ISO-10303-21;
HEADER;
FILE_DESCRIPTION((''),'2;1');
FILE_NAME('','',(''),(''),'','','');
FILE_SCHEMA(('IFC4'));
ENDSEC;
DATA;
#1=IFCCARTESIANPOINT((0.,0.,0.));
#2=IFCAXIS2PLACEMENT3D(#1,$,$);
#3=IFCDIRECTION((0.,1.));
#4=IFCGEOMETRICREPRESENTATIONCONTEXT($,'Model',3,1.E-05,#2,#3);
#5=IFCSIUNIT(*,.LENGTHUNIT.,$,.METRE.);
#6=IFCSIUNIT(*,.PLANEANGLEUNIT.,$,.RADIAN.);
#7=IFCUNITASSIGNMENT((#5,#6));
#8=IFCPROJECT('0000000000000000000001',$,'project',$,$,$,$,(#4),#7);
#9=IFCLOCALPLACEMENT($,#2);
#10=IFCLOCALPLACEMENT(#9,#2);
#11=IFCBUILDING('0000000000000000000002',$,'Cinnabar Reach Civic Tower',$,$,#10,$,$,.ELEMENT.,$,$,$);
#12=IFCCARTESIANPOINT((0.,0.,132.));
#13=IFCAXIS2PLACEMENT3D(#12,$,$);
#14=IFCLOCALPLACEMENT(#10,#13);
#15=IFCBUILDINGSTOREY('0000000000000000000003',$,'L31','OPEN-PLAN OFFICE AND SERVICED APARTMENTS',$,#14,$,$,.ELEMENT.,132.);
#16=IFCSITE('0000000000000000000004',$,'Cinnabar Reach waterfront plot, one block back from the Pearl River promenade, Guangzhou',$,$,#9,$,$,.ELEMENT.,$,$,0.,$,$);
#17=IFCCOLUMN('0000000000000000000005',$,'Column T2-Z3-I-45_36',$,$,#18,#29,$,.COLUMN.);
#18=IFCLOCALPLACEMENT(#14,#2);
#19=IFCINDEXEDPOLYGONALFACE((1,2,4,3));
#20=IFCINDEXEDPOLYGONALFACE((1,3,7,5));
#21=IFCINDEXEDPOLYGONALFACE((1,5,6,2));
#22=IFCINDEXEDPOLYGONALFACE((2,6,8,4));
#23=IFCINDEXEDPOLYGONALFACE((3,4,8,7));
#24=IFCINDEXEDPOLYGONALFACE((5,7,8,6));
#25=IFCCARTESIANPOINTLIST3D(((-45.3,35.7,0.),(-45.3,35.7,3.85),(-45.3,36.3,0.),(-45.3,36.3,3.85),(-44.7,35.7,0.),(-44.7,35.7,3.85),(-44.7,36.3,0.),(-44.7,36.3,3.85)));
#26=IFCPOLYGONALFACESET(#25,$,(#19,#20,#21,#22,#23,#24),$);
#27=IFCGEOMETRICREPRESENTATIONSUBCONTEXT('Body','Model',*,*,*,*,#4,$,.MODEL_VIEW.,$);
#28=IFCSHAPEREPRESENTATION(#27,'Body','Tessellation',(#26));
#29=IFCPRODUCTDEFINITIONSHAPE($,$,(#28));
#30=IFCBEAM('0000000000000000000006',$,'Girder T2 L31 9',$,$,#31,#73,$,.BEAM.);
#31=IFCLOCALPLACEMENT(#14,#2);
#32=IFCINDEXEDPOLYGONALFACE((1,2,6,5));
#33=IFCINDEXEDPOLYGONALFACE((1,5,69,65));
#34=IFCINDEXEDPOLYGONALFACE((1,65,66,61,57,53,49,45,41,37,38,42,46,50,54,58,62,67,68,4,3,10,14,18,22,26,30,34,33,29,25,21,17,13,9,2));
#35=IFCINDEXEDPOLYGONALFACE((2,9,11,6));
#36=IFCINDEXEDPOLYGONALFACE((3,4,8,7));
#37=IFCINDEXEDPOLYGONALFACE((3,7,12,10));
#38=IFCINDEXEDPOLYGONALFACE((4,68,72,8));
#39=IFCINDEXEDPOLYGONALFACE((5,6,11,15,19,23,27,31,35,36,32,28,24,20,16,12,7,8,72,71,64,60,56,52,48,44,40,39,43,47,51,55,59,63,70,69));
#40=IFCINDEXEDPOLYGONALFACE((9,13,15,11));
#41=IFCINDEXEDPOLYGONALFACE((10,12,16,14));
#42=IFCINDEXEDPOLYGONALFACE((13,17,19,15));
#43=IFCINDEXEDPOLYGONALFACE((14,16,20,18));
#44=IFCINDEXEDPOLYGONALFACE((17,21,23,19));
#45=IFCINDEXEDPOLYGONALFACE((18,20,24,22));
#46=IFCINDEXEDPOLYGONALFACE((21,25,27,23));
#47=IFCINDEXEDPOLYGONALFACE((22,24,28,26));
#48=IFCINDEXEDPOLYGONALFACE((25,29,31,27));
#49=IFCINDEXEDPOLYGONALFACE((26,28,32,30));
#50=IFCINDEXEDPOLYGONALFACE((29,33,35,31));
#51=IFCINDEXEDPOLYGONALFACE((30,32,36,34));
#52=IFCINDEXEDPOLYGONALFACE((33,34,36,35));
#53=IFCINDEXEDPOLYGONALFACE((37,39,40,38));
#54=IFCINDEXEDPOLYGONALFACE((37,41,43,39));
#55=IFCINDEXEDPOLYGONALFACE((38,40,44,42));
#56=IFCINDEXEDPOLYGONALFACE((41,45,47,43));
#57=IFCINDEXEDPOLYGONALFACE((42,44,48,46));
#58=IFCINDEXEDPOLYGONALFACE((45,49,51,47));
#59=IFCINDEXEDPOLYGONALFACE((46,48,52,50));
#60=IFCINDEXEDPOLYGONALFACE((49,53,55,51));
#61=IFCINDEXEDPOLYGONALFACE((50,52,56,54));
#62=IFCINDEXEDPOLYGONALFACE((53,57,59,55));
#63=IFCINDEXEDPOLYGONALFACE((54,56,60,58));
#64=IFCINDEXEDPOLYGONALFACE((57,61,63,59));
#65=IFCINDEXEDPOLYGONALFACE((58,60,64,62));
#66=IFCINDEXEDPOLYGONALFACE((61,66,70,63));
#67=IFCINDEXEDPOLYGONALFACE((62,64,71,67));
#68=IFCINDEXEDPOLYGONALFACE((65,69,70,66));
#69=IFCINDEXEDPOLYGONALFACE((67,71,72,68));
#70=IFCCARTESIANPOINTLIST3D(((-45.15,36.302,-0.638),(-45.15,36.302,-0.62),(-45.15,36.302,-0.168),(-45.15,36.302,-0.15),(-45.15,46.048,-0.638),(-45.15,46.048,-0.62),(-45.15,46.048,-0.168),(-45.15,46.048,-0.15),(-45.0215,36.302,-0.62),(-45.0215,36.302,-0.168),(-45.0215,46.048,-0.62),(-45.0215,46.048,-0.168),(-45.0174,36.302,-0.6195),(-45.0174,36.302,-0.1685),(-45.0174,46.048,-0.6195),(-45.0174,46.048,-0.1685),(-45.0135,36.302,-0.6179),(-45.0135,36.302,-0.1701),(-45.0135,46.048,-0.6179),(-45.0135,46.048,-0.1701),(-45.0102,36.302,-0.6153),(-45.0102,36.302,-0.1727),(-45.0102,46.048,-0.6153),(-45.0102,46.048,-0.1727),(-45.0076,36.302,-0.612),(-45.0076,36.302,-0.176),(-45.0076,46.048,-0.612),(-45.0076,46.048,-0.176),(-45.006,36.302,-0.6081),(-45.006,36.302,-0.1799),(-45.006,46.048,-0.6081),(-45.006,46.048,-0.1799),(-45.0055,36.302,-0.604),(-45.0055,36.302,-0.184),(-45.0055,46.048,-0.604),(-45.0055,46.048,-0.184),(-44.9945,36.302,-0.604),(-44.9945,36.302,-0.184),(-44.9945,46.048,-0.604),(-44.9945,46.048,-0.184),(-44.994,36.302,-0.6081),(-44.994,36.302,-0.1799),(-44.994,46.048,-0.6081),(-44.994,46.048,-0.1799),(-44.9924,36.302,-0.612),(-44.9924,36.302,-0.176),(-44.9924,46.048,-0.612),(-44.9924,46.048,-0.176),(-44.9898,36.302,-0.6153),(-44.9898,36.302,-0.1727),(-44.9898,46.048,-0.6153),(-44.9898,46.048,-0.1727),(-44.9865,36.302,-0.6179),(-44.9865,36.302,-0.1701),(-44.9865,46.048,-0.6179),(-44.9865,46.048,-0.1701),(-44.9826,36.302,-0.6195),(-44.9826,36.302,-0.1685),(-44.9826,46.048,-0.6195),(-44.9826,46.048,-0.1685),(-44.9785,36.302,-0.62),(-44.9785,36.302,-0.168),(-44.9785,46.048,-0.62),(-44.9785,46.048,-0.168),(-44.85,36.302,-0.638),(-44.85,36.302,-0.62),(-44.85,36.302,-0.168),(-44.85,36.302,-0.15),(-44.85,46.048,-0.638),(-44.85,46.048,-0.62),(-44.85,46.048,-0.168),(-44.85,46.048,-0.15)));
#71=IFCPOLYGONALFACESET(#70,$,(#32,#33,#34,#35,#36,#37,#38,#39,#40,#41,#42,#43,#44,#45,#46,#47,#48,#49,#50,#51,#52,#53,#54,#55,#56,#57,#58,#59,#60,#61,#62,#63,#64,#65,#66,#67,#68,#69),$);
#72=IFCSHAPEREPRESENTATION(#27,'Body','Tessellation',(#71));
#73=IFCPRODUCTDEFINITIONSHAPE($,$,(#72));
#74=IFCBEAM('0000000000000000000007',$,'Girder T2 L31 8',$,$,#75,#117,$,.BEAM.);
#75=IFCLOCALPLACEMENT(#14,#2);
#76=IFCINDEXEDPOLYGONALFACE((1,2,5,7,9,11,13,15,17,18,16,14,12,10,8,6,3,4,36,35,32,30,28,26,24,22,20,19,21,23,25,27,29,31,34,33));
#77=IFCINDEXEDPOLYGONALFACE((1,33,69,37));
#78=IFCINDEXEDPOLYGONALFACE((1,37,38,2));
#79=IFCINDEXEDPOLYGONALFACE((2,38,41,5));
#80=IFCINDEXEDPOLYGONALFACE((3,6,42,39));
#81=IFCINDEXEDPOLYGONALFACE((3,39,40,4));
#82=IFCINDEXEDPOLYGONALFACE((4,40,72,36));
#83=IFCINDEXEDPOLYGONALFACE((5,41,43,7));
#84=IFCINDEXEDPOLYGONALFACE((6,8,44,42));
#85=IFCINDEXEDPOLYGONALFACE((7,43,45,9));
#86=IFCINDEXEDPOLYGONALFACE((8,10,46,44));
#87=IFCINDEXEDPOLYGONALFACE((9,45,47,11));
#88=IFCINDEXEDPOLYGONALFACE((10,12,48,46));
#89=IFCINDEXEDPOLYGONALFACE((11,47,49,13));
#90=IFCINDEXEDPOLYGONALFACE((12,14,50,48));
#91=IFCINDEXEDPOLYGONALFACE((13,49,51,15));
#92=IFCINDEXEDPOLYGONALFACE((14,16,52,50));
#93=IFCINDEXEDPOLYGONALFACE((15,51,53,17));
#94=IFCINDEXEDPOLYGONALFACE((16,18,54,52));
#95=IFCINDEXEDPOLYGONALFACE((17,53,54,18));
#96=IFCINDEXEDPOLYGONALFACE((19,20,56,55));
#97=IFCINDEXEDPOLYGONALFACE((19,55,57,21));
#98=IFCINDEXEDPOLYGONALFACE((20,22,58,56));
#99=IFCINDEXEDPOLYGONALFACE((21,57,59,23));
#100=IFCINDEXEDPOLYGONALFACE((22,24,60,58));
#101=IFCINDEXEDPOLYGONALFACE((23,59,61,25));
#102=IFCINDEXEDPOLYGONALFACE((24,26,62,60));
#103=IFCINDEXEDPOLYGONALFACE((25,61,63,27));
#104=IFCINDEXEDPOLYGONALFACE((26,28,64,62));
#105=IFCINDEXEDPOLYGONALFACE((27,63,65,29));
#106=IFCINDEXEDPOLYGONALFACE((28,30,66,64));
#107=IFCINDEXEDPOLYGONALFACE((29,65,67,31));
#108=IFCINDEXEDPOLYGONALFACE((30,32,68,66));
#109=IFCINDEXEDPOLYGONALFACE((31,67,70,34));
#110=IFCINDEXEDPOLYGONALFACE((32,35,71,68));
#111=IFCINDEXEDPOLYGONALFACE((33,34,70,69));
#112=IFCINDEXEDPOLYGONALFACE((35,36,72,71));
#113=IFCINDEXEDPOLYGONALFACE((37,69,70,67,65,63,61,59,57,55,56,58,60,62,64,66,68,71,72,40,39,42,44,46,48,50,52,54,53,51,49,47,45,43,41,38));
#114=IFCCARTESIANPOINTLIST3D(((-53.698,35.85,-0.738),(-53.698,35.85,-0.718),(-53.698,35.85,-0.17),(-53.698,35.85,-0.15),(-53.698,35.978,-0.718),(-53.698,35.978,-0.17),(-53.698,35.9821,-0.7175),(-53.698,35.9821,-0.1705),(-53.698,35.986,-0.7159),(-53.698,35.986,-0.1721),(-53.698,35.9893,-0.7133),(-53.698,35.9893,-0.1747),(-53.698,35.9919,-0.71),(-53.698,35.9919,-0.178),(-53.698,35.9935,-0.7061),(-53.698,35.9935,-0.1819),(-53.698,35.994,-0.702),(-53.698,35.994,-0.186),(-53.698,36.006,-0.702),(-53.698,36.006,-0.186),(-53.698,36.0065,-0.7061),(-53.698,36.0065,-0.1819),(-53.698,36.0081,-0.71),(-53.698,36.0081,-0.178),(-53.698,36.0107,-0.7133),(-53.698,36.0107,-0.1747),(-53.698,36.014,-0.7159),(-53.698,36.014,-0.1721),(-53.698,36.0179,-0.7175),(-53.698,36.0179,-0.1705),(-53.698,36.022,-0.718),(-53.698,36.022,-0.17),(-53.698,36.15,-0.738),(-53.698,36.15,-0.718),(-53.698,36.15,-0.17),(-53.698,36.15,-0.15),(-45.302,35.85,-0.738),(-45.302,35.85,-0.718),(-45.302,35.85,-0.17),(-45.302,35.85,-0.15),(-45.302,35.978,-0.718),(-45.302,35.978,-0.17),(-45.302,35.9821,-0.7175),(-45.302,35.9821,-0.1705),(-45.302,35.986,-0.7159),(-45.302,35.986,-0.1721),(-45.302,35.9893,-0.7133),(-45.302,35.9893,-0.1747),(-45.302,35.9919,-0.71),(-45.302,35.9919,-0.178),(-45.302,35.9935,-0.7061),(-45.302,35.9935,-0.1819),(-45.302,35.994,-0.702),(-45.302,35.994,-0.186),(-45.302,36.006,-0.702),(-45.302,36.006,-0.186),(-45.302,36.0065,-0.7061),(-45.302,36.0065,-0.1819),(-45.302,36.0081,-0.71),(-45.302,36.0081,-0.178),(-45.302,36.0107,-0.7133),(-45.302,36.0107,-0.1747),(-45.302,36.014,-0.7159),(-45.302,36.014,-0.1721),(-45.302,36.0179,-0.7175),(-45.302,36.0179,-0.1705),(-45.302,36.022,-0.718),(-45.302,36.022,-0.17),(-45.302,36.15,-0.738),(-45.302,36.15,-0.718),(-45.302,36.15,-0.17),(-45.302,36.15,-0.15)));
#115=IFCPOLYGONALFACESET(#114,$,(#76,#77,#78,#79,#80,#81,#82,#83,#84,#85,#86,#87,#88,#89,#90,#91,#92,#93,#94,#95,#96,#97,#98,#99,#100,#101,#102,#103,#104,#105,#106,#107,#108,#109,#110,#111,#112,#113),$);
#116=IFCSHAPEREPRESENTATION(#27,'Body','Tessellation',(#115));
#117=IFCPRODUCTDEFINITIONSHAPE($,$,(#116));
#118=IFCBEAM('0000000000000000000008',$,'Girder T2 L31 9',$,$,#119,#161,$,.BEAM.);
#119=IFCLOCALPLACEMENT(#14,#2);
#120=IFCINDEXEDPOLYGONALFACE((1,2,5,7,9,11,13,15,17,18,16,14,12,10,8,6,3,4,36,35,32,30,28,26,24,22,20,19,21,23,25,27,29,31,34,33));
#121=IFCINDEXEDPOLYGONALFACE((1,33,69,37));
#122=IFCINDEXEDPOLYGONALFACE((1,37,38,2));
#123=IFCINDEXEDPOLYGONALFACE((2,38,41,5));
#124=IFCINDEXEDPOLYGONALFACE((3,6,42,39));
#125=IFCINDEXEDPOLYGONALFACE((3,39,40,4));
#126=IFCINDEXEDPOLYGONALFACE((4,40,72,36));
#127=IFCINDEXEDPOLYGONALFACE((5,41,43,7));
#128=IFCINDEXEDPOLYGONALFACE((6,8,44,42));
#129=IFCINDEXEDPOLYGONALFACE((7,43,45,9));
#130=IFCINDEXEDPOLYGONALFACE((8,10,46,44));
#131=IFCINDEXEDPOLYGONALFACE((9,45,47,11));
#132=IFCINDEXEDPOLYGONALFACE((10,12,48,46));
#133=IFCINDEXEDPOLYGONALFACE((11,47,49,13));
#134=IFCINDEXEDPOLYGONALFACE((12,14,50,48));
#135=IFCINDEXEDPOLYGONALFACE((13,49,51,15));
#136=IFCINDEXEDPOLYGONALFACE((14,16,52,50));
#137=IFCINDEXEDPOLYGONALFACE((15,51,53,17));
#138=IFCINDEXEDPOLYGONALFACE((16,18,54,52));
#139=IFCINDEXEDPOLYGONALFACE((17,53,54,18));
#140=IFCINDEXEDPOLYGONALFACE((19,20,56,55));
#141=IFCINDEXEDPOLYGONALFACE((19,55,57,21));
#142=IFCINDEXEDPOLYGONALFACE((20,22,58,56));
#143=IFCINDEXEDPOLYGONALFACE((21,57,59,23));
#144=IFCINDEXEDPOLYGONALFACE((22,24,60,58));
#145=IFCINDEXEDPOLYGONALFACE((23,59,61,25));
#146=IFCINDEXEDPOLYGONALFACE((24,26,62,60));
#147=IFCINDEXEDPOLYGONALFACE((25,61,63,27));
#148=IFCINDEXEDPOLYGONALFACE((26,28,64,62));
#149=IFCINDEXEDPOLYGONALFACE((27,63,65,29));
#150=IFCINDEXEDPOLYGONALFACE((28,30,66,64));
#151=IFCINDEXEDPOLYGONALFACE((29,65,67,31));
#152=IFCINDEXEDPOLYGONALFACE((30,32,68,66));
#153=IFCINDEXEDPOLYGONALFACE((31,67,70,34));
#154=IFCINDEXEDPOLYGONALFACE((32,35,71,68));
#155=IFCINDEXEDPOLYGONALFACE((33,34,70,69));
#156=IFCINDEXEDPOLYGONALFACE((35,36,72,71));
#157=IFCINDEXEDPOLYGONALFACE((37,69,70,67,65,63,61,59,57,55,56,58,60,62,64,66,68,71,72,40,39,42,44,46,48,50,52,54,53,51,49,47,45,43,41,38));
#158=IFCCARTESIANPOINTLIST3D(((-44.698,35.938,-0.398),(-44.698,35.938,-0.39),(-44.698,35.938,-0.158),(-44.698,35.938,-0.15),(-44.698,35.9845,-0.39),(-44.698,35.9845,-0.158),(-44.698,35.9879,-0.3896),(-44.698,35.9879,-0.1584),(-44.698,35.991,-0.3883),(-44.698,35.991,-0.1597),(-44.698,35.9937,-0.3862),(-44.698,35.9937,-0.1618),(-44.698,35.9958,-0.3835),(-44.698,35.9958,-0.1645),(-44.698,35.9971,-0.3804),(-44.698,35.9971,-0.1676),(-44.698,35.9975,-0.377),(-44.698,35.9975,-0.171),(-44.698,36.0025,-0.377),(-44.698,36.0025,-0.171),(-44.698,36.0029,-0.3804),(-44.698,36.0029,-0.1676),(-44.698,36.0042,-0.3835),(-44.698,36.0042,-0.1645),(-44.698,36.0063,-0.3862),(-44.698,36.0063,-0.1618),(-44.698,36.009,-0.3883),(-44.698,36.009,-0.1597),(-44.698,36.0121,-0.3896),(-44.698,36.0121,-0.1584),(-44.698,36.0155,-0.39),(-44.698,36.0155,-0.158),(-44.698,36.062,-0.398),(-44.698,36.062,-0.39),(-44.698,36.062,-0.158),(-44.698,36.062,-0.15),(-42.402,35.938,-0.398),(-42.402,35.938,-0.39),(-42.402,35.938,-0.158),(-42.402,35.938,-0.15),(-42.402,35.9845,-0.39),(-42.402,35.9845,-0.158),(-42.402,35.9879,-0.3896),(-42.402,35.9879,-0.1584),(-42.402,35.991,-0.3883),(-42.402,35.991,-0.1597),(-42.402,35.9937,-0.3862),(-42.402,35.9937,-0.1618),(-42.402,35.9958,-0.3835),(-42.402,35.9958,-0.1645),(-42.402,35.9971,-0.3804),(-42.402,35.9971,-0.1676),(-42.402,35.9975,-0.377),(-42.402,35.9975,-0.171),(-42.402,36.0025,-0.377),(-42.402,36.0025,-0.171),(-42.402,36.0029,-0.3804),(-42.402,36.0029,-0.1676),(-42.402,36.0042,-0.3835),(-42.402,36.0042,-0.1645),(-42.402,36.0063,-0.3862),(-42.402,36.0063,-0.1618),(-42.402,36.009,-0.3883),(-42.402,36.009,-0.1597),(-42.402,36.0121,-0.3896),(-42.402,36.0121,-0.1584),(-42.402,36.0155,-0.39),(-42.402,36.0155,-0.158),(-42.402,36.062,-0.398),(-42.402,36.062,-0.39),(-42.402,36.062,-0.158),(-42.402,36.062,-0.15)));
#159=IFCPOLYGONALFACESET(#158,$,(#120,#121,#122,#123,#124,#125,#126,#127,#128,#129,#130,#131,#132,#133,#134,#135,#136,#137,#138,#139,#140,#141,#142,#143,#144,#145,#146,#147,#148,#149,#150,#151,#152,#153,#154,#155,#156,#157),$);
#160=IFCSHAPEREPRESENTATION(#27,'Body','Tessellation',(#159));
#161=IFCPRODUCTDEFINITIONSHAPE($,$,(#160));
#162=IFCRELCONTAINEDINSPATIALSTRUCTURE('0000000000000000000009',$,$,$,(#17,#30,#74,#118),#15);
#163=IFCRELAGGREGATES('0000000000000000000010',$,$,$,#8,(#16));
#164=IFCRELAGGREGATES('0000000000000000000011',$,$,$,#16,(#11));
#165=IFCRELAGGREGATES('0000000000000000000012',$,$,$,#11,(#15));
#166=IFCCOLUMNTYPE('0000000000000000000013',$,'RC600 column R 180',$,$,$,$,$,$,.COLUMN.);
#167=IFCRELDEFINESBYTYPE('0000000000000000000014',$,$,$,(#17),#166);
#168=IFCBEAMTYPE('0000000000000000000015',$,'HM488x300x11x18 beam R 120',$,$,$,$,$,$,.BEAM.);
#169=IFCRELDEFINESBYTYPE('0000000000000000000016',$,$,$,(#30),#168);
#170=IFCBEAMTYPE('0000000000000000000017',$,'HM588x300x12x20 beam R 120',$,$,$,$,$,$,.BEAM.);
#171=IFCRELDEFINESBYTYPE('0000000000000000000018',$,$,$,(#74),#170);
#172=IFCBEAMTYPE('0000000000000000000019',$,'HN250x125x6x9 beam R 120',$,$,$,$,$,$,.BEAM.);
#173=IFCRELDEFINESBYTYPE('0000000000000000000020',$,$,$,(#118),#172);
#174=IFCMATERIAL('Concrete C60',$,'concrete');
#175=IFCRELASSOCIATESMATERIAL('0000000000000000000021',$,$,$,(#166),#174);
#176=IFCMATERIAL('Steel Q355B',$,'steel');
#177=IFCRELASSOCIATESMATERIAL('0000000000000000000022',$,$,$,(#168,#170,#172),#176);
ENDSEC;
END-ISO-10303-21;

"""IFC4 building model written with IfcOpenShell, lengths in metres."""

from ifc_helpers import new_model, si_unit, direction, frame, origin, origin_2d, place, context, subcontext, project, spatial, rectangle, i_section, extrude, material, material_profile, profile_set, type_object, element, save


model = new_model("IFC4")

# Units and contexts
model_context = context("Model", 3, precision=1e-05, world=origin(), true_north=direction((0.0, 1.0)))
body_context = subcontext(model_context, "Body", "Model", "MODEL_VIEW")
ifc_project = project(units=[si_unit("LENGTHUNIT", "METRE"), si_unit("PLANEANGLEUNIT", "RADIAN")], contexts=[model_context])

# Site, building, storey
site_placement = place(None, origin())
site = spatial("IfcSite", under=ifc_project, at=site_placement, Name="Cinnabar Reach waterfront plot, one block back from the Pearl River promenade, Guangzhou", CompositionType="ELEMENT", RefElevation=0.0)
building_placement = place(site_placement, origin())
building = spatial("IfcBuilding", under=site, at=building_placement, Name="Cinnabar Reach Civic Tower", CompositionType="ELEMENT")
storey_placement = place(building_placement, frame((0.0, 0.0, 132.0)))
storey = spatial("IfcBuildingStorey", under=building, at=storey_placement, Name="L31", Description="OPEN-PLAN OFFICE AND SERVICED APARTMENTS", CompositionType="ELEMENT", Elevation=132.0)

# Column
ifc_material_1 = material(Name="Concrete C60", Category="concrete")
ifc_material_profile_1 = material_profile(ifc_material_1, rectangle(XDim=0.6, YDim=0.6, at=origin_2d()), Name="RC600")
ifc_profile_set_1 = profile_set([ifc_material_profile_1], Name="Concrete C60")
column_type = type_object("IfcColumnType", Name="RC600 column R 180", PredefinedType="COLUMN", material=ifc_profile_set_1)
column_placement = place(storey_placement, frame((-45.0, 36.0, 0.0), z_axis=(0.0, 0.0, 1.0), x_axis=(1.0, 0.0, 0.0)))
element("IfcColumn", 1, at=column_placement, inside=storey, type_object=column_type, Name="Column T2-Z3-I-45_36", PredefinedType="COLUMN", context=body_context, shape_type="SweptSolid", body=[
    extrude(rectangle(XDim=0.6, YDim=0.6, at=origin_2d()), origin(), (0.0, 0.0, 1.0), 3.85),
])

# Beams
ifc_material_2 = material(Name="Steel Q355B", Category="steel")
ifc_material_profile_2 = material_profile(ifc_material_2, i_section(OverallWidth=0.3, OverallDepth=0.488, WebThickness=0.011, FlangeThickness=0.018, FilletRadius=0.016, at=origin_2d()), Name="HM488x300x11x18")
ifc_profile_set_2 = profile_set([ifc_material_profile_2], Name="Steel Q355B")
beam_type_1 = type_object("IfcBeamType", Name="HM488x300x11x18 beam R 120", PredefinedType="BEAM", material=ifc_profile_set_2)
beam_1_placement = place(storey_placement, frame((-45.0, 36.302, -0.394), z_axis=(0.0, 1.0, 0.0), x_axis=(-1.0, 0.0, 0.0)))
element("IfcBeam", 2, at=beam_1_placement, inside=storey, type_object=beam_type_1, Name="Girder T2 L31 9", PredefinedType="BEAM", context=body_context, shape_type="SweptSolid", body=[
    extrude(i_section(OverallWidth=0.3, OverallDepth=0.488, WebThickness=0.011, FlangeThickness=0.018, FilletRadius=0.016, at=origin_2d()), origin(), (0.0, 0.0, 1.0), 9.746),
])
ifc_material_profile_3 = material_profile(ifc_material_2, i_section(OverallWidth=0.3, OverallDepth=0.588, WebThickness=0.012, FlangeThickness=0.02, FilletRadius=0.016, at=origin_2d()), Name="HM588x300x12x20")
ifc_profile_set_3 = profile_set([ifc_material_profile_3], Name="Steel Q355B")
beam_type_2 = type_object("IfcBeamType", Name="HM588x300x12x20 beam R 120", PredefinedType="BEAM", material=ifc_profile_set_3)
beam_2_placement = place(storey_placement, frame((-53.698, 36.0, -0.444), z_axis=(1.0, 0.0, 0.0), x_axis=(0.0, 1.0, 0.0)))
element("IfcBeam", 3, at=beam_2_placement, inside=storey, type_object=beam_type_2, Name="Girder T2 L31 8", PredefinedType="BEAM", context=body_context, shape_type="SweptSolid", body=[
    extrude(i_section(OverallWidth=0.3, OverallDepth=0.588, WebThickness=0.012, FlangeThickness=0.02, FilletRadius=0.016, at=origin_2d()), origin(), (0.0, 0.0, 1.0), 8.396),
])
ifc_material_profile_4 = material_profile(ifc_material_2, i_section(OverallWidth=0.124, OverallDepth=0.248, WebThickness=0.005, FlangeThickness=0.008, FilletRadius=0.013, at=origin_2d()), Name="HN250x125x6x9")
ifc_profile_set_4 = profile_set([ifc_material_profile_4], Name="Steel Q355B")
beam_type_3 = type_object("IfcBeamType", Name="HN250x125x6x9 beam R 120", PredefinedType="BEAM", material=ifc_profile_set_4)
beam_3_placement = place(storey_placement, frame((-44.698, 36.0, -0.274), z_axis=(1.0, 0.0, 0.0), x_axis=(0.0, 1.0, 0.0)))
element("IfcBeam", 4, at=beam_3_placement, inside=storey, type_object=beam_type_3, Name="Girder T2 L31 9", PredefinedType="BEAM", context=body_context, shape_type="SweptSolid", body=[
    extrude(i_section(OverallWidth=0.124, OverallDepth=0.248, WebThickness=0.005, FlangeThickness=0.008, FilletRadius=0.013, at=origin_2d()), origin(), (0.0, 0.0, 1.0), 2.296),
])

save(model, "model.ifc")
